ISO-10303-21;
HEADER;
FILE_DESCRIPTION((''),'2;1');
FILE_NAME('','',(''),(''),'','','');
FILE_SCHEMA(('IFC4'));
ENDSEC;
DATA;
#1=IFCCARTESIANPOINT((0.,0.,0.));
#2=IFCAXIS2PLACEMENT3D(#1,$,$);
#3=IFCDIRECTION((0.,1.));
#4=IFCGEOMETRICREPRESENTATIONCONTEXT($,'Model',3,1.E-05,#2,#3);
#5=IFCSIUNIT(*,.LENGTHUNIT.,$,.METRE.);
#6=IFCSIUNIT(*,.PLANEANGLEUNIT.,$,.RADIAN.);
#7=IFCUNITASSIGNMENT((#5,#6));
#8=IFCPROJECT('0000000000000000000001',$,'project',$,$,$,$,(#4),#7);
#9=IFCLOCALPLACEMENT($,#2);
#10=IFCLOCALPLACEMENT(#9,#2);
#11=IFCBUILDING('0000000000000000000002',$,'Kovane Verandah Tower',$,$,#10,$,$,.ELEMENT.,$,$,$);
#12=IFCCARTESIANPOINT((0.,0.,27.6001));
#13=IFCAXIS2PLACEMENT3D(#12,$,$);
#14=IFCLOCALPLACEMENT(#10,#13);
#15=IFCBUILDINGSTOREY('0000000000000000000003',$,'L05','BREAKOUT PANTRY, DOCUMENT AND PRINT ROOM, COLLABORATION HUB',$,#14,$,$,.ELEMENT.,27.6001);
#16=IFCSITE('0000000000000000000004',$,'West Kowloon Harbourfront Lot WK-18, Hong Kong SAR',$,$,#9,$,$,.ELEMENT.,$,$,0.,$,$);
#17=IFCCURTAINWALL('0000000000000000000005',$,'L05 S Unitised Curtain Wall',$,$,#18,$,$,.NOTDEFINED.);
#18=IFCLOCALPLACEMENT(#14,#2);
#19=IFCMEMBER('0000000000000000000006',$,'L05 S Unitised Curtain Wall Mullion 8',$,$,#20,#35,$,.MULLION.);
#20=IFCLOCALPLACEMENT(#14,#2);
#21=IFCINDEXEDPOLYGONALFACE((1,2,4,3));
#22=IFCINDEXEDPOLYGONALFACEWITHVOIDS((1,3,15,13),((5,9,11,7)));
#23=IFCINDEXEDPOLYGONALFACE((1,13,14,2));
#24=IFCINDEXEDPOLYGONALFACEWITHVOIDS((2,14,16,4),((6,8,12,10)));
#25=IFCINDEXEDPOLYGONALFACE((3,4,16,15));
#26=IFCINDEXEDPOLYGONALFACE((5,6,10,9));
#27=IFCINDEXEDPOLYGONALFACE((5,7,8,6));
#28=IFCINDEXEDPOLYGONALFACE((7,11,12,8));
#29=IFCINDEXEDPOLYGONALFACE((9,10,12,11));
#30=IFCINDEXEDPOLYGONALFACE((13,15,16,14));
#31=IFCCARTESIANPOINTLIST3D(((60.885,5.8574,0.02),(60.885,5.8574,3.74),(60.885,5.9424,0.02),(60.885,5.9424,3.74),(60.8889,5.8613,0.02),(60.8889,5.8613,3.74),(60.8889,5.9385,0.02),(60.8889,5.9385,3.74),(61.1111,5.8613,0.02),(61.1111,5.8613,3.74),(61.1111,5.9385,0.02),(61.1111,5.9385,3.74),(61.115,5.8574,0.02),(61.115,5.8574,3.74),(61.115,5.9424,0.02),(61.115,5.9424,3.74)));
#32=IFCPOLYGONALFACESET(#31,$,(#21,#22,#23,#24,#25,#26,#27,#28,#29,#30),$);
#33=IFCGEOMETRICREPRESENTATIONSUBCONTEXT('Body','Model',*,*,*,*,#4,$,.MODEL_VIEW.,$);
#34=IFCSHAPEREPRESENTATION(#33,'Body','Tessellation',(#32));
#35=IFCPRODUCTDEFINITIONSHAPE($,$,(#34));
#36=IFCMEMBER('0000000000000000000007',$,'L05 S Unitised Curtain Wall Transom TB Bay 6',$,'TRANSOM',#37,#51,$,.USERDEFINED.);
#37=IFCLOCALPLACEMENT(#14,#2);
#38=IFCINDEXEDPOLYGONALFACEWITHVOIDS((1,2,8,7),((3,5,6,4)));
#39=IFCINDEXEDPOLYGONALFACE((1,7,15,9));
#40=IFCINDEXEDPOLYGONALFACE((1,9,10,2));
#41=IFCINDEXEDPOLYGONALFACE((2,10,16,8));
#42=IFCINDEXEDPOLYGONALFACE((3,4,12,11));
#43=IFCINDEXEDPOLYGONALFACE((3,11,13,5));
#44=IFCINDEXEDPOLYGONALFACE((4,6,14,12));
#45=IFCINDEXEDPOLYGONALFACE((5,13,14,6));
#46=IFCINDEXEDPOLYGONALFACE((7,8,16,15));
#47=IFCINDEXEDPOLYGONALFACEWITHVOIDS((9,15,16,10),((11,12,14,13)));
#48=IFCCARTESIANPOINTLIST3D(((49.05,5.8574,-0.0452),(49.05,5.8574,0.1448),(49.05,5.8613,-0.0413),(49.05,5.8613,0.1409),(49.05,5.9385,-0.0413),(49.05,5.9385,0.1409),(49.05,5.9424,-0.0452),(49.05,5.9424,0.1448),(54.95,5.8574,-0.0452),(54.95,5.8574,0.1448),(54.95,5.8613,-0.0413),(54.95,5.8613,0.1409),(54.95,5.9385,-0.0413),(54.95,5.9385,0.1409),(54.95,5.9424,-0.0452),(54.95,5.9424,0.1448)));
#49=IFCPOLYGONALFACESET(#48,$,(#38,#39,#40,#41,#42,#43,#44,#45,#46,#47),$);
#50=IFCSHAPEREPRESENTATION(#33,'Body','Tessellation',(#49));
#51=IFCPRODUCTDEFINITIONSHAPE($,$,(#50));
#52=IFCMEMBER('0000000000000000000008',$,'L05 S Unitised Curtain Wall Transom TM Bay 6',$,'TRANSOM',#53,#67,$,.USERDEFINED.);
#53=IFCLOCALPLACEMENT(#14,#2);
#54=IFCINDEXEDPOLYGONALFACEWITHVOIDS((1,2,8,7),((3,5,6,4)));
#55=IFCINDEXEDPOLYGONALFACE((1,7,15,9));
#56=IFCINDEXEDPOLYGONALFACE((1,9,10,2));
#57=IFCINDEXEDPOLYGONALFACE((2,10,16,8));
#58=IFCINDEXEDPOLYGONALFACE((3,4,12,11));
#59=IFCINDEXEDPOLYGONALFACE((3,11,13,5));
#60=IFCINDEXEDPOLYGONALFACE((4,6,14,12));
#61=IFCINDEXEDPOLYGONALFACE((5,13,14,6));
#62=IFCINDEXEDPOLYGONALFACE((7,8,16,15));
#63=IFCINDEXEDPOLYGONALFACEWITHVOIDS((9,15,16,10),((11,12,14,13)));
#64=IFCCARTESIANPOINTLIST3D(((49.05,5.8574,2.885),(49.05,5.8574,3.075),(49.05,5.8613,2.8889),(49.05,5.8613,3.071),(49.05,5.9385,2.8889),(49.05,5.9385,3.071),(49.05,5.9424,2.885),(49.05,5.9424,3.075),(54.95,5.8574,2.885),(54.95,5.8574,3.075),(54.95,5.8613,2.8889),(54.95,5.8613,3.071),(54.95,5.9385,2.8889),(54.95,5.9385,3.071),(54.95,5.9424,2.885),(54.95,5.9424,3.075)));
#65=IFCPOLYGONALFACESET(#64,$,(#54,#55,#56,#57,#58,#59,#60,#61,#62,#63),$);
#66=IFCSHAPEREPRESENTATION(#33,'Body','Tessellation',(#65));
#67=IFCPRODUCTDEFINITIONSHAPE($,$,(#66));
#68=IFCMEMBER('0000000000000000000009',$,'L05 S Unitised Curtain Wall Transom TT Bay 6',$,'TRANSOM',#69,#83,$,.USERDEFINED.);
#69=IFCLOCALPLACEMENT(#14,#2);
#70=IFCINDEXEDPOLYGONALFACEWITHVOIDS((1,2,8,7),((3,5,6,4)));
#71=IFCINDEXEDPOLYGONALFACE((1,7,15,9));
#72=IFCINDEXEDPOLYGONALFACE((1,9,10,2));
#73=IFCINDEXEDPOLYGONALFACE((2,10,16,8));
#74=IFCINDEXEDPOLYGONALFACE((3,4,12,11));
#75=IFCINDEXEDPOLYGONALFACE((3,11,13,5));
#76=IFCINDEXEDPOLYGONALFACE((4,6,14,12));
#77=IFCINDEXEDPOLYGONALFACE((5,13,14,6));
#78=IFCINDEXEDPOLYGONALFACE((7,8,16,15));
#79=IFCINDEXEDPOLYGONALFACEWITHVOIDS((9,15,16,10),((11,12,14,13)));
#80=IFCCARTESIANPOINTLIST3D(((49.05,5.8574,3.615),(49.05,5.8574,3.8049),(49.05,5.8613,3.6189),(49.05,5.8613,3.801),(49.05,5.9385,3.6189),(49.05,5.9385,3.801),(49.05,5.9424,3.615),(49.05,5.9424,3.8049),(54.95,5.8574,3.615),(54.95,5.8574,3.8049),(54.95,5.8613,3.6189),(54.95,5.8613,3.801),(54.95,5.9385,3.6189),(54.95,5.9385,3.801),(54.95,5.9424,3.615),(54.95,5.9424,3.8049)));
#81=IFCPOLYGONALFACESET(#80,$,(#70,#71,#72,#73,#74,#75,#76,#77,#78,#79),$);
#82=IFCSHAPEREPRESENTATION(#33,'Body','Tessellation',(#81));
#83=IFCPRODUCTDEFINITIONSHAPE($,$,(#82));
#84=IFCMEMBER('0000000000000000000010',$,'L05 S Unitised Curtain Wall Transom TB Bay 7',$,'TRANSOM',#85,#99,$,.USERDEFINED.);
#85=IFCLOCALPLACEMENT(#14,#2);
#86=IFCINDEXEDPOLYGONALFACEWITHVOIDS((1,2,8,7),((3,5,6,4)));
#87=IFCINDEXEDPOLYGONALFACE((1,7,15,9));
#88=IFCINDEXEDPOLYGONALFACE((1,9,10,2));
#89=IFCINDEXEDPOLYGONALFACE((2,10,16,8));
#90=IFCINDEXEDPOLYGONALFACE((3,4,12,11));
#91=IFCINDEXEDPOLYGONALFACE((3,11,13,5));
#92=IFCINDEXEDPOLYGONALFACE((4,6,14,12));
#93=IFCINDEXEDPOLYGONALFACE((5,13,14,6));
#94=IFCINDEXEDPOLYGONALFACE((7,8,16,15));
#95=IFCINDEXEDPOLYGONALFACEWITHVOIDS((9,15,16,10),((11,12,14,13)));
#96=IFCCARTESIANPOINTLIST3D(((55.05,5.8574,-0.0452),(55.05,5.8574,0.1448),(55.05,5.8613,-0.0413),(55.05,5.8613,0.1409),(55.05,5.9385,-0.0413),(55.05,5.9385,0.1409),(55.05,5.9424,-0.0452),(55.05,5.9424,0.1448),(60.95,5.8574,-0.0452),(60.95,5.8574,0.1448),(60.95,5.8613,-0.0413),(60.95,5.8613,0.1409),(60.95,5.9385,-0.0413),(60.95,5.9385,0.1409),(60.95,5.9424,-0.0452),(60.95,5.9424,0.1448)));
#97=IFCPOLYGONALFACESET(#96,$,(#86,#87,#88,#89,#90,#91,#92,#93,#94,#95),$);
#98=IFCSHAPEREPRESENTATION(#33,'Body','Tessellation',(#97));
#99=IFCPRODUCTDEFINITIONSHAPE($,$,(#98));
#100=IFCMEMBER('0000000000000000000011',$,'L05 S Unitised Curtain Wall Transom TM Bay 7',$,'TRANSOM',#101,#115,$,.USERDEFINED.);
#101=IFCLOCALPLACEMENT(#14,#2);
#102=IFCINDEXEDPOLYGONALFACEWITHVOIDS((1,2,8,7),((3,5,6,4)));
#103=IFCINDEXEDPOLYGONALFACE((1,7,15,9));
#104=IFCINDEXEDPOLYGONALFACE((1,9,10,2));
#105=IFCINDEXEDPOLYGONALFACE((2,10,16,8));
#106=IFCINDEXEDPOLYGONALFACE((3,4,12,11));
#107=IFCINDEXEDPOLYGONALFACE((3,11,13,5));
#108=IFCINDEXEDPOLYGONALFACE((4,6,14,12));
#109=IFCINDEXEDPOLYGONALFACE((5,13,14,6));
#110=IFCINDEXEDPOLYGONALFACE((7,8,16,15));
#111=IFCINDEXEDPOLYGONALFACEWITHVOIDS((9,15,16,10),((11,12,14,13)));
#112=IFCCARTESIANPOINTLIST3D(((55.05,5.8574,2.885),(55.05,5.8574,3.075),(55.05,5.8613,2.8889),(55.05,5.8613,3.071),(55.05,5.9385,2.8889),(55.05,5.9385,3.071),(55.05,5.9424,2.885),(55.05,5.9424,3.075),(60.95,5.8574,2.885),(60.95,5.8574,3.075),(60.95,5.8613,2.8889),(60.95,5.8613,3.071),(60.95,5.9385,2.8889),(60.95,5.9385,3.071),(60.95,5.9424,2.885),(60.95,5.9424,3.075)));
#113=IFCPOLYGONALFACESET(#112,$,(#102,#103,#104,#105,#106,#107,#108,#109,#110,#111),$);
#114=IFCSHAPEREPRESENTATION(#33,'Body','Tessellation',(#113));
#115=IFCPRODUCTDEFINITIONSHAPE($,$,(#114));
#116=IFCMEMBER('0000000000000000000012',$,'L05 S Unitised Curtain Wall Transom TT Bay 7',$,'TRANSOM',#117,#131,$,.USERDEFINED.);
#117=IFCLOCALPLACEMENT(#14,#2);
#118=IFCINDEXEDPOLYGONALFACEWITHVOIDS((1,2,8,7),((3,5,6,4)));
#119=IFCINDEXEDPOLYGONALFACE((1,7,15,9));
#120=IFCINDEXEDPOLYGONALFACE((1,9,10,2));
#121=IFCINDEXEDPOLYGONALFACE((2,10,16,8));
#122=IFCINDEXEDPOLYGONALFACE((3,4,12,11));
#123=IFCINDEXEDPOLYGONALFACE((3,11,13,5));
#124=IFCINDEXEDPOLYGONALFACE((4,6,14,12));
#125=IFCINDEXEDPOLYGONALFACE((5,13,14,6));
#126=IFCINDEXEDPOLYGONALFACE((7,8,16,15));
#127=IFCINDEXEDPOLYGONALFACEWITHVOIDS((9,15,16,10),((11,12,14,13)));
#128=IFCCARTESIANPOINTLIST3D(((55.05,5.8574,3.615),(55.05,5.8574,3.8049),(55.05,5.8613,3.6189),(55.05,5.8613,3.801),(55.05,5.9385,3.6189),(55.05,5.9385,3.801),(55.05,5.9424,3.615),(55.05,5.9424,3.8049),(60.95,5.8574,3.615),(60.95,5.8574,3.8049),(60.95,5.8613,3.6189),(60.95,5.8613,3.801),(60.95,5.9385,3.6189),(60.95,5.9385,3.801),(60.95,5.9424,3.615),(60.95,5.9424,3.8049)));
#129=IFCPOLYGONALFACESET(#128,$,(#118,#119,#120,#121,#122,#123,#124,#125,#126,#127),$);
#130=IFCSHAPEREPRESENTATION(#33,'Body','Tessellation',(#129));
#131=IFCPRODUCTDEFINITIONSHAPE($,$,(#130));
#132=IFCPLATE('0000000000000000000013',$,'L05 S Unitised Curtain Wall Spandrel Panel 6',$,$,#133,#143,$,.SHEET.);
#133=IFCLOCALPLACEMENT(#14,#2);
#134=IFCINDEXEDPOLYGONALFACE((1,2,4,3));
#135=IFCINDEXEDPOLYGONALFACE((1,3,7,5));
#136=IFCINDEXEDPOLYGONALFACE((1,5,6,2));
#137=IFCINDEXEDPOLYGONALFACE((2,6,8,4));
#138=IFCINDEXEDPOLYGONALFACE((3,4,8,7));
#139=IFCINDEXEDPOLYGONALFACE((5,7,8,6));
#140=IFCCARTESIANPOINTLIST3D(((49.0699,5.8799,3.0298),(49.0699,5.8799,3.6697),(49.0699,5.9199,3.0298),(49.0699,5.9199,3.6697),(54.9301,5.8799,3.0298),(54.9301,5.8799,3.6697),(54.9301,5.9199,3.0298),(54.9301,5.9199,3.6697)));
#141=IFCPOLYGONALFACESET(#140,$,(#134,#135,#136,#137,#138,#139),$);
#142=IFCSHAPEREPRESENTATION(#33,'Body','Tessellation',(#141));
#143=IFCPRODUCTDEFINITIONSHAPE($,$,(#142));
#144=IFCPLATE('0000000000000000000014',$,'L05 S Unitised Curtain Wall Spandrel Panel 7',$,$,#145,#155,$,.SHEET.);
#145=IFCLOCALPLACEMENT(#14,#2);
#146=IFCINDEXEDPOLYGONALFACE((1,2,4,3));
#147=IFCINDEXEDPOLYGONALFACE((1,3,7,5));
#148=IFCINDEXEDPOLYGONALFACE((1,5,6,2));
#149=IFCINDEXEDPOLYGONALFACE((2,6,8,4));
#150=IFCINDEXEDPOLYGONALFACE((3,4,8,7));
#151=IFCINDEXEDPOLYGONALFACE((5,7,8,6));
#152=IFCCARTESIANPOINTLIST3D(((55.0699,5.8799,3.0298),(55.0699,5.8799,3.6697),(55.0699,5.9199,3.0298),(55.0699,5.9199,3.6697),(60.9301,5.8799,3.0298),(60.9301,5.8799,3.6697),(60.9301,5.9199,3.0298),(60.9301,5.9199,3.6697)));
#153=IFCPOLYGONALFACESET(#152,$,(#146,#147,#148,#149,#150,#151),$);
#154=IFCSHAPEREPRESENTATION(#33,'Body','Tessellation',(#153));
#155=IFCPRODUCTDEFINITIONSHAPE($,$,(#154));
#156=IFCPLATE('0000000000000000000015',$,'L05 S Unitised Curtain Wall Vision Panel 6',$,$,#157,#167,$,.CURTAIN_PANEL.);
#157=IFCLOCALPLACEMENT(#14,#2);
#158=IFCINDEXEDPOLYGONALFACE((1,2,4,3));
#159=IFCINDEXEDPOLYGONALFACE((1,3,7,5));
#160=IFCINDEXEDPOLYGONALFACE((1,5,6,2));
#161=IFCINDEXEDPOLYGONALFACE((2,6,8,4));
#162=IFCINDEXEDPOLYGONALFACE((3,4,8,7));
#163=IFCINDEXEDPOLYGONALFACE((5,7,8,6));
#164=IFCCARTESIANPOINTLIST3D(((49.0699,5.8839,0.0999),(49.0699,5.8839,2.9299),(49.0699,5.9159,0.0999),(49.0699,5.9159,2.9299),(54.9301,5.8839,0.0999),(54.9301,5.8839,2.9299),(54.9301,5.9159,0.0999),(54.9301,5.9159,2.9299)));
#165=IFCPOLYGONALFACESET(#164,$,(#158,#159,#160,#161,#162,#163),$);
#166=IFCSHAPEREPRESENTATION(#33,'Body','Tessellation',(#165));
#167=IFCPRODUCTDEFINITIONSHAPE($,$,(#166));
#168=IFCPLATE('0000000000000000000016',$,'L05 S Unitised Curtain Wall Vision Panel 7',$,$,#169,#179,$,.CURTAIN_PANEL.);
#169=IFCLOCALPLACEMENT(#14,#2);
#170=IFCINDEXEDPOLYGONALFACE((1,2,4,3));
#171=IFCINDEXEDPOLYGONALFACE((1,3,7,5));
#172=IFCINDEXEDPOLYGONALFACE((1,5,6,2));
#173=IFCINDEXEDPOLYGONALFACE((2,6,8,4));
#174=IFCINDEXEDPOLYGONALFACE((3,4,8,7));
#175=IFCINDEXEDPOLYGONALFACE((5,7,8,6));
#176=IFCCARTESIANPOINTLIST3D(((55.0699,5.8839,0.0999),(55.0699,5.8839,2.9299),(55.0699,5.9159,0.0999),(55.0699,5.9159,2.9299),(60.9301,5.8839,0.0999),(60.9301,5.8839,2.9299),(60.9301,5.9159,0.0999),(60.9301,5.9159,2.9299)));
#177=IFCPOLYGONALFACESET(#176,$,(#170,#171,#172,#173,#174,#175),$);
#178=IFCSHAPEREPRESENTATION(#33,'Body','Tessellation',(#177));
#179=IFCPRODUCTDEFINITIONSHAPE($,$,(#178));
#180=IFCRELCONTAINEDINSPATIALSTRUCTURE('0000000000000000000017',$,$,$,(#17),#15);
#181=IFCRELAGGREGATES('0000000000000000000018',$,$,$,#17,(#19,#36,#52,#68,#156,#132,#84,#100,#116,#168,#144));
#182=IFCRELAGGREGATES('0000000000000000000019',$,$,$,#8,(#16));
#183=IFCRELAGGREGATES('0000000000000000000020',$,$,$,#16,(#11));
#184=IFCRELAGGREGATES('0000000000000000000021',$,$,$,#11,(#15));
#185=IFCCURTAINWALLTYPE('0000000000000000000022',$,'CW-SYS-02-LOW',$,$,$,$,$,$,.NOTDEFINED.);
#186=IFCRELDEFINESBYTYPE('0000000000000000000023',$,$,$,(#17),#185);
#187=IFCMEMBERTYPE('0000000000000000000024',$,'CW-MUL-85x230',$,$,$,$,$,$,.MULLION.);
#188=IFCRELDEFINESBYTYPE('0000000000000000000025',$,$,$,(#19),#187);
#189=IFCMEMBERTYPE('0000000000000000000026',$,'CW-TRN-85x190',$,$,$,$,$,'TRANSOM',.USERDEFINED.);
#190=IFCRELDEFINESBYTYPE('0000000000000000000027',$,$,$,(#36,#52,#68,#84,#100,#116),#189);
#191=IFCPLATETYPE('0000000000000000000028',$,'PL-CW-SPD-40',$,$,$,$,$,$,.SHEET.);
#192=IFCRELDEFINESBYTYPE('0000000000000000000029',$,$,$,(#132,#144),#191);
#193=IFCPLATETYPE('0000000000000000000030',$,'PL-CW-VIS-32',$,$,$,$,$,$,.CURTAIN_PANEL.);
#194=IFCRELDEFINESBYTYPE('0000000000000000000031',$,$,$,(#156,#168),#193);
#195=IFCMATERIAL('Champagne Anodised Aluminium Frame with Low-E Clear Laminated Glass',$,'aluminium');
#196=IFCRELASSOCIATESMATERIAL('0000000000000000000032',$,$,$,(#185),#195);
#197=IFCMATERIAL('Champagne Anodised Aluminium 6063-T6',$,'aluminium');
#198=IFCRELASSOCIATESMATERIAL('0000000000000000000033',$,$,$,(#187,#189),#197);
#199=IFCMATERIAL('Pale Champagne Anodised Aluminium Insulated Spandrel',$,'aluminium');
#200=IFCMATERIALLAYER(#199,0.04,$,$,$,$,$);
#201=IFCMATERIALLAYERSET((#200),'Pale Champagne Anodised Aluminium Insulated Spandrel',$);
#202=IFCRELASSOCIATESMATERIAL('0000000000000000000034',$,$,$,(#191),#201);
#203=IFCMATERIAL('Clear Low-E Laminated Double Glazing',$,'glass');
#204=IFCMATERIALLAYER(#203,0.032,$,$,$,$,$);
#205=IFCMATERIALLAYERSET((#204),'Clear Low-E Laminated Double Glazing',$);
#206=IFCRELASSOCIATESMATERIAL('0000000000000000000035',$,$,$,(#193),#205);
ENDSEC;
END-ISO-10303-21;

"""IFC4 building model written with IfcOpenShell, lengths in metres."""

from ifc_helpers import new_model, si_unit, direction, frame, origin, origin_2d, place, context, subcontext, project, spatial, rectangle, hollow_rectangle, extrude, material, layer, layer_set, material_profile, profile_set, type_object, element, aggregate, save


model = new_model("IFC4")

# Units and contexts
model_context = context("Model", 3, precision=1e-05, world=origin(), true_north=direction((0.0, 1.0)))
body_context = subcontext(model_context, "Body", "Model", "MODEL_VIEW")
ifc_project = project(units=[si_unit("LENGTHUNIT", "METRE"), si_unit("PLANEANGLEUNIT", "RADIAN")], contexts=[model_context])

# Site, building, storey
site_placement = place(None, origin())
site = spatial("IfcSite", under=ifc_project, at=site_placement, Name="West Kowloon Harbourfront Lot WK-18, Hong Kong SAR", CompositionType="ELEMENT", RefElevation=0.0)
building_placement = place(site_placement, origin())
building = spatial("IfcBuilding", under=site, at=building_placement, Name="Kovane Verandah Tower", CompositionType="ELEMENT")
storey_placement = place(building_placement, frame((0.0, 0.0, 27.6001)))
storey = spatial("IfcBuildingStorey", under=building, at=storey_placement, Name="L05", Description="BREAKOUT PANTRY, DOCUMENT AND PRINT ROOM, COLLABORATION HUB", CompositionType="ELEMENT", Elevation=27.6001)

# Curtain wall, members, plates
ifc_material_1 = material(Name="Champagne Anodised Aluminium Frame with Low-E Clear Laminated Glass", Category="aluminium")
curtain_wall_type = type_object("IfcCurtainWallType", Name="CW-SYS-02-LOW", PredefinedType="NOTDEFINED", material=ifc_material_1)
curtain_wall_placement = place(storey_placement, origin())
curtain_wall = element("IfcCurtainWall", 1, at=curtain_wall_placement, inside=storey, type_object=curtain_wall_type, Name="L05 S Unitised Curtain Wall", PredefinedType="NOTDEFINED")
ifc_material_2 = material(Name="Champagne Anodised Aluminium 6063-T6", Category="aluminium")
ifc_material_profile_1 = material_profile(ifc_material_2, hollow_rectangle(XDim=0.085, YDim=0.23, WallThickness=0.0039, at=origin_2d()), Name="AL85x230x4")
ifc_profile_set_1 = profile_set([ifc_material_profile_1], Name="Champagne Anodised Aluminium 6063-T6")
member_type_1 = type_object("IfcMemberType", Name="CW-MUL-85x230", PredefinedType="MULLION", material=ifc_profile_set_1)
member_1_placement = place(storey_placement, frame((61.0, 5.8999, 0.02), z_axis=(0.0, 0.0, 1.0), x_axis=(0.0, -1.0, 0.0)))
member_1 = element("IfcMember", 2, at=member_1_placement, type_object=member_type_1, Name="L05 S Unitised Curtain Wall Mullion 8", PredefinedType="MULLION", context=body_context, shape_type="SweptSolid", body=[
    extrude(hollow_rectangle(XDim=0.085, YDim=0.23, WallThickness=0.0039, at=origin_2d()), origin(), (0.0, 0.0, 1.0), 3.72),
])
ifc_material_profile_2 = material_profile(ifc_material_2, hollow_rectangle(XDim=0.085, YDim=0.1899, WallThickness=0.0039, at=origin_2d()), Name="AL85x190x4")
ifc_profile_set_2 = profile_set([ifc_material_profile_2], Name="Champagne Anodised Aluminium 6063-T6")
member_type_2 = type_object("IfcMemberType", Name="CW-TRN-85x190", ElementType="TRANSOM", PredefinedType="USERDEFINED", material=ifc_profile_set_2)
member_2_placement = place(storey_placement, frame((49.05, 5.8999, 0.0498), z_axis=(1.0, 0.0, 0.0), x_axis=(0.0, 1.0, 0.0)))
member_2 = element("IfcMember", 3, at=member_2_placement, type_object=member_type_2, Name="L05 S Unitised Curtain Wall Transom TB Bay 6", ObjectType="TRANSOM", PredefinedType="USERDEFINED", context=body_context, shape_type="SweptSolid", body=[
    extrude(hollow_rectangle(XDim=0.085, YDim=0.1899, WallThickness=0.0039, at=origin_2d()), origin(), (0.0, 0.0, 1.0), 5.8999),
])
member_3_placement = place(storey_placement, frame((49.05, 5.8999, 2.98), z_axis=(1.0, 0.0, 0.0), x_axis=(0.0, 1.0, 0.0)))
member_3 = element("IfcMember", 4, at=member_3_placement, type_object=member_type_2, Name="L05 S Unitised Curtain Wall Transom TM Bay 6", ObjectType="TRANSOM", PredefinedType="USERDEFINED", context=body_context, shape_type="SweptSolid", body=[
    extrude(hollow_rectangle(XDim=0.085, YDim=0.1899, WallThickness=0.0039, at=origin_2d()), origin(), (0.0, 0.0, 1.0), 5.8999),
])
member_4_placement = place(storey_placement, frame((49.05, 5.8999, 3.71), z_axis=(1.0, 0.0, 0.0), x_axis=(0.0, 1.0, 0.0)))
member_4 = element("IfcMember", 5, at=member_4_placement, type_object=member_type_2, Name="L05 S Unitised Curtain Wall Transom TT Bay 6", ObjectType="TRANSOM", PredefinedType="USERDEFINED", context=body_context, shape_type="SweptSolid", body=[
    extrude(hollow_rectangle(XDim=0.085, YDim=0.1899, WallThickness=0.0039, at=origin_2d()), origin(), (0.0, 0.0, 1.0), 5.8999),
])
member_5_placement = place(storey_placement, frame((55.05, 5.8999, 0.0498), z_axis=(1.0, 0.0, 0.0), x_axis=(0.0, 1.0, 0.0)))
member_5 = element("IfcMember", 6, at=member_5_placement, type_object=member_type_2, Name="L05 S Unitised Curtain Wall Transom TB Bay 7", ObjectType="TRANSOM", PredefinedType="USERDEFINED", context=body_context, shape_type="SweptSolid", body=[
    extrude(hollow_rectangle(XDim=0.085, YDim=0.1899, WallThickness=0.0039, at=origin_2d()), origin(), (0.0, 0.0, 1.0), 5.8999),
])
member_6_placement = place(storey_placement, frame((55.05, 5.8999, 2.98), z_axis=(1.0, 0.0, 0.0), x_axis=(0.0, 1.0, 0.0)))
member_6 = element("IfcMember", 7, at=member_6_placement, type_object=member_type_2, Name="L05 S Unitised Curtain Wall Transom TM Bay 7", ObjectType="TRANSOM", PredefinedType="USERDEFINED", context=body_context, shape_type="SweptSolid", body=[
    extrude(hollow_rectangle(XDim=0.085, YDim=0.1899, WallThickness=0.0039, at=origin_2d()), origin(), (0.0, 0.0, 1.0), 5.8999),
])
member_7_placement = place(storey_placement, frame((55.05, 5.8999, 3.71), z_axis=(1.0, 0.0, 0.0), x_axis=(0.0, 1.0, 0.0)))
member_7 = element("IfcMember", 8, at=member_7_placement, type_object=member_type_2, Name="L05 S Unitised Curtain Wall Transom TT Bay 7", ObjectType="TRANSOM", PredefinedType="USERDEFINED", context=body_context, shape_type="SweptSolid", body=[
    extrude(hollow_rectangle(XDim=0.085, YDim=0.1899, WallThickness=0.0039, at=origin_2d()), origin(), (0.0, 0.0, 1.0), 5.8999),
])
ifc_material_3 = material(Name="Pale Champagne Anodised Aluminium Insulated Spandrel", Category="aluminium")
ifc_layer_1 = layer(ifc_material_3, 0.04)
ifc_layer_set_1 = layer_set([ifc_layer_1], Name="Pale Champagne Anodised Aluminium Insulated Spandrel")
plate_type_1 = type_object("IfcPlateType", Name="PL-CW-SPD-40", PredefinedType="SHEET", material=ifc_layer_set_1)
plate_1_placement = place(storey_placement, frame((52.0, 5.8999, 3.0298), z_axis=(0.0, 0.0, 1.0), x_axis=(1.0, 0.0, 0.0)))
plate_1 = element("IfcPlate", 9, at=plate_1_placement, type_object=plate_type_1, Name="L05 S Unitised Curtain Wall Spandrel Panel 6", PredefinedType="SHEET", context=body_context, shape_type="SweptSolid", body=[
    extrude(rectangle(XDim=5.8601, YDim=0.04, at=origin_2d()), origin(), (0.0, 0.0, 1.0), 0.6399),
])
plate_2_placement = place(storey_placement, frame((58.0, 5.8999, 3.0298), z_axis=(0.0, 0.0, 1.0), x_axis=(1.0, 0.0, 0.0)))
plate_2 = element("IfcPlate", 10, at=plate_2_placement, type_object=plate_type_1, Name="L05 S Unitised Curtain Wall Spandrel Panel 7", PredefinedType="SHEET", context=body_context, shape_type="SweptSolid", body=[
    extrude(rectangle(XDim=5.8601, YDim=0.04, at=origin_2d()), origin(), (0.0, 0.0, 1.0), 0.6399),
])
ifc_material_4 = material(Name="Clear Low-E Laminated Double Glazing", Category="glass")
ifc_layer_2 = layer(ifc_material_4, 0.032)
ifc_layer_set_2 = layer_set([ifc_layer_2], Name="Clear Low-E Laminated Double Glazing")
plate_type_2 = type_object("IfcPlateType", Name="PL-CW-VIS-32", PredefinedType="CURTAIN_PANEL", material=ifc_layer_set_2)
plate_3_placement = place(storey_placement, frame((52.0, 5.8999, 0.0999), z_axis=(0.0, 0.0, 1.0), x_axis=(1.0, 0.0, 0.0)))
plate_3 = element("IfcPlate", 11, at=plate_3_placement, type_object=plate_type_2, Name="L05 S Unitised Curtain Wall Vision Panel 6", PredefinedType="CURTAIN_PANEL", context=body_context, shape_type="SweptSolid", body=[
    extrude(rectangle(XDim=5.8601, YDim=0.032, at=origin_2d()), origin(), (0.0, 0.0, 1.0), 2.8301),
])
plate_4_placement = place(storey_placement, frame((58.0, 5.8999, 0.0999), z_axis=(0.0, 0.0, 1.0), x_axis=(1.0, 0.0, 0.0)))
plate_4 = element("IfcPlate", 12, at=plate_4_placement, type_object=plate_type_2, Name="L05 S Unitised Curtain Wall Vision Panel 7", PredefinedType="CURTAIN_PANEL", context=body_context, shape_type="SweptSolid", body=[
    extrude(rectangle(XDim=5.8601, YDim=0.032, at=origin_2d()), origin(), (0.0, 0.0, 1.0), 2.8301),
])
aggregate(curtain_wall, [member_1, member_2, member_3, member_4, plate_3, plate_1, member_5, member_6, member_7, plate_4, plate_2])

save(model, "model.ifc")
